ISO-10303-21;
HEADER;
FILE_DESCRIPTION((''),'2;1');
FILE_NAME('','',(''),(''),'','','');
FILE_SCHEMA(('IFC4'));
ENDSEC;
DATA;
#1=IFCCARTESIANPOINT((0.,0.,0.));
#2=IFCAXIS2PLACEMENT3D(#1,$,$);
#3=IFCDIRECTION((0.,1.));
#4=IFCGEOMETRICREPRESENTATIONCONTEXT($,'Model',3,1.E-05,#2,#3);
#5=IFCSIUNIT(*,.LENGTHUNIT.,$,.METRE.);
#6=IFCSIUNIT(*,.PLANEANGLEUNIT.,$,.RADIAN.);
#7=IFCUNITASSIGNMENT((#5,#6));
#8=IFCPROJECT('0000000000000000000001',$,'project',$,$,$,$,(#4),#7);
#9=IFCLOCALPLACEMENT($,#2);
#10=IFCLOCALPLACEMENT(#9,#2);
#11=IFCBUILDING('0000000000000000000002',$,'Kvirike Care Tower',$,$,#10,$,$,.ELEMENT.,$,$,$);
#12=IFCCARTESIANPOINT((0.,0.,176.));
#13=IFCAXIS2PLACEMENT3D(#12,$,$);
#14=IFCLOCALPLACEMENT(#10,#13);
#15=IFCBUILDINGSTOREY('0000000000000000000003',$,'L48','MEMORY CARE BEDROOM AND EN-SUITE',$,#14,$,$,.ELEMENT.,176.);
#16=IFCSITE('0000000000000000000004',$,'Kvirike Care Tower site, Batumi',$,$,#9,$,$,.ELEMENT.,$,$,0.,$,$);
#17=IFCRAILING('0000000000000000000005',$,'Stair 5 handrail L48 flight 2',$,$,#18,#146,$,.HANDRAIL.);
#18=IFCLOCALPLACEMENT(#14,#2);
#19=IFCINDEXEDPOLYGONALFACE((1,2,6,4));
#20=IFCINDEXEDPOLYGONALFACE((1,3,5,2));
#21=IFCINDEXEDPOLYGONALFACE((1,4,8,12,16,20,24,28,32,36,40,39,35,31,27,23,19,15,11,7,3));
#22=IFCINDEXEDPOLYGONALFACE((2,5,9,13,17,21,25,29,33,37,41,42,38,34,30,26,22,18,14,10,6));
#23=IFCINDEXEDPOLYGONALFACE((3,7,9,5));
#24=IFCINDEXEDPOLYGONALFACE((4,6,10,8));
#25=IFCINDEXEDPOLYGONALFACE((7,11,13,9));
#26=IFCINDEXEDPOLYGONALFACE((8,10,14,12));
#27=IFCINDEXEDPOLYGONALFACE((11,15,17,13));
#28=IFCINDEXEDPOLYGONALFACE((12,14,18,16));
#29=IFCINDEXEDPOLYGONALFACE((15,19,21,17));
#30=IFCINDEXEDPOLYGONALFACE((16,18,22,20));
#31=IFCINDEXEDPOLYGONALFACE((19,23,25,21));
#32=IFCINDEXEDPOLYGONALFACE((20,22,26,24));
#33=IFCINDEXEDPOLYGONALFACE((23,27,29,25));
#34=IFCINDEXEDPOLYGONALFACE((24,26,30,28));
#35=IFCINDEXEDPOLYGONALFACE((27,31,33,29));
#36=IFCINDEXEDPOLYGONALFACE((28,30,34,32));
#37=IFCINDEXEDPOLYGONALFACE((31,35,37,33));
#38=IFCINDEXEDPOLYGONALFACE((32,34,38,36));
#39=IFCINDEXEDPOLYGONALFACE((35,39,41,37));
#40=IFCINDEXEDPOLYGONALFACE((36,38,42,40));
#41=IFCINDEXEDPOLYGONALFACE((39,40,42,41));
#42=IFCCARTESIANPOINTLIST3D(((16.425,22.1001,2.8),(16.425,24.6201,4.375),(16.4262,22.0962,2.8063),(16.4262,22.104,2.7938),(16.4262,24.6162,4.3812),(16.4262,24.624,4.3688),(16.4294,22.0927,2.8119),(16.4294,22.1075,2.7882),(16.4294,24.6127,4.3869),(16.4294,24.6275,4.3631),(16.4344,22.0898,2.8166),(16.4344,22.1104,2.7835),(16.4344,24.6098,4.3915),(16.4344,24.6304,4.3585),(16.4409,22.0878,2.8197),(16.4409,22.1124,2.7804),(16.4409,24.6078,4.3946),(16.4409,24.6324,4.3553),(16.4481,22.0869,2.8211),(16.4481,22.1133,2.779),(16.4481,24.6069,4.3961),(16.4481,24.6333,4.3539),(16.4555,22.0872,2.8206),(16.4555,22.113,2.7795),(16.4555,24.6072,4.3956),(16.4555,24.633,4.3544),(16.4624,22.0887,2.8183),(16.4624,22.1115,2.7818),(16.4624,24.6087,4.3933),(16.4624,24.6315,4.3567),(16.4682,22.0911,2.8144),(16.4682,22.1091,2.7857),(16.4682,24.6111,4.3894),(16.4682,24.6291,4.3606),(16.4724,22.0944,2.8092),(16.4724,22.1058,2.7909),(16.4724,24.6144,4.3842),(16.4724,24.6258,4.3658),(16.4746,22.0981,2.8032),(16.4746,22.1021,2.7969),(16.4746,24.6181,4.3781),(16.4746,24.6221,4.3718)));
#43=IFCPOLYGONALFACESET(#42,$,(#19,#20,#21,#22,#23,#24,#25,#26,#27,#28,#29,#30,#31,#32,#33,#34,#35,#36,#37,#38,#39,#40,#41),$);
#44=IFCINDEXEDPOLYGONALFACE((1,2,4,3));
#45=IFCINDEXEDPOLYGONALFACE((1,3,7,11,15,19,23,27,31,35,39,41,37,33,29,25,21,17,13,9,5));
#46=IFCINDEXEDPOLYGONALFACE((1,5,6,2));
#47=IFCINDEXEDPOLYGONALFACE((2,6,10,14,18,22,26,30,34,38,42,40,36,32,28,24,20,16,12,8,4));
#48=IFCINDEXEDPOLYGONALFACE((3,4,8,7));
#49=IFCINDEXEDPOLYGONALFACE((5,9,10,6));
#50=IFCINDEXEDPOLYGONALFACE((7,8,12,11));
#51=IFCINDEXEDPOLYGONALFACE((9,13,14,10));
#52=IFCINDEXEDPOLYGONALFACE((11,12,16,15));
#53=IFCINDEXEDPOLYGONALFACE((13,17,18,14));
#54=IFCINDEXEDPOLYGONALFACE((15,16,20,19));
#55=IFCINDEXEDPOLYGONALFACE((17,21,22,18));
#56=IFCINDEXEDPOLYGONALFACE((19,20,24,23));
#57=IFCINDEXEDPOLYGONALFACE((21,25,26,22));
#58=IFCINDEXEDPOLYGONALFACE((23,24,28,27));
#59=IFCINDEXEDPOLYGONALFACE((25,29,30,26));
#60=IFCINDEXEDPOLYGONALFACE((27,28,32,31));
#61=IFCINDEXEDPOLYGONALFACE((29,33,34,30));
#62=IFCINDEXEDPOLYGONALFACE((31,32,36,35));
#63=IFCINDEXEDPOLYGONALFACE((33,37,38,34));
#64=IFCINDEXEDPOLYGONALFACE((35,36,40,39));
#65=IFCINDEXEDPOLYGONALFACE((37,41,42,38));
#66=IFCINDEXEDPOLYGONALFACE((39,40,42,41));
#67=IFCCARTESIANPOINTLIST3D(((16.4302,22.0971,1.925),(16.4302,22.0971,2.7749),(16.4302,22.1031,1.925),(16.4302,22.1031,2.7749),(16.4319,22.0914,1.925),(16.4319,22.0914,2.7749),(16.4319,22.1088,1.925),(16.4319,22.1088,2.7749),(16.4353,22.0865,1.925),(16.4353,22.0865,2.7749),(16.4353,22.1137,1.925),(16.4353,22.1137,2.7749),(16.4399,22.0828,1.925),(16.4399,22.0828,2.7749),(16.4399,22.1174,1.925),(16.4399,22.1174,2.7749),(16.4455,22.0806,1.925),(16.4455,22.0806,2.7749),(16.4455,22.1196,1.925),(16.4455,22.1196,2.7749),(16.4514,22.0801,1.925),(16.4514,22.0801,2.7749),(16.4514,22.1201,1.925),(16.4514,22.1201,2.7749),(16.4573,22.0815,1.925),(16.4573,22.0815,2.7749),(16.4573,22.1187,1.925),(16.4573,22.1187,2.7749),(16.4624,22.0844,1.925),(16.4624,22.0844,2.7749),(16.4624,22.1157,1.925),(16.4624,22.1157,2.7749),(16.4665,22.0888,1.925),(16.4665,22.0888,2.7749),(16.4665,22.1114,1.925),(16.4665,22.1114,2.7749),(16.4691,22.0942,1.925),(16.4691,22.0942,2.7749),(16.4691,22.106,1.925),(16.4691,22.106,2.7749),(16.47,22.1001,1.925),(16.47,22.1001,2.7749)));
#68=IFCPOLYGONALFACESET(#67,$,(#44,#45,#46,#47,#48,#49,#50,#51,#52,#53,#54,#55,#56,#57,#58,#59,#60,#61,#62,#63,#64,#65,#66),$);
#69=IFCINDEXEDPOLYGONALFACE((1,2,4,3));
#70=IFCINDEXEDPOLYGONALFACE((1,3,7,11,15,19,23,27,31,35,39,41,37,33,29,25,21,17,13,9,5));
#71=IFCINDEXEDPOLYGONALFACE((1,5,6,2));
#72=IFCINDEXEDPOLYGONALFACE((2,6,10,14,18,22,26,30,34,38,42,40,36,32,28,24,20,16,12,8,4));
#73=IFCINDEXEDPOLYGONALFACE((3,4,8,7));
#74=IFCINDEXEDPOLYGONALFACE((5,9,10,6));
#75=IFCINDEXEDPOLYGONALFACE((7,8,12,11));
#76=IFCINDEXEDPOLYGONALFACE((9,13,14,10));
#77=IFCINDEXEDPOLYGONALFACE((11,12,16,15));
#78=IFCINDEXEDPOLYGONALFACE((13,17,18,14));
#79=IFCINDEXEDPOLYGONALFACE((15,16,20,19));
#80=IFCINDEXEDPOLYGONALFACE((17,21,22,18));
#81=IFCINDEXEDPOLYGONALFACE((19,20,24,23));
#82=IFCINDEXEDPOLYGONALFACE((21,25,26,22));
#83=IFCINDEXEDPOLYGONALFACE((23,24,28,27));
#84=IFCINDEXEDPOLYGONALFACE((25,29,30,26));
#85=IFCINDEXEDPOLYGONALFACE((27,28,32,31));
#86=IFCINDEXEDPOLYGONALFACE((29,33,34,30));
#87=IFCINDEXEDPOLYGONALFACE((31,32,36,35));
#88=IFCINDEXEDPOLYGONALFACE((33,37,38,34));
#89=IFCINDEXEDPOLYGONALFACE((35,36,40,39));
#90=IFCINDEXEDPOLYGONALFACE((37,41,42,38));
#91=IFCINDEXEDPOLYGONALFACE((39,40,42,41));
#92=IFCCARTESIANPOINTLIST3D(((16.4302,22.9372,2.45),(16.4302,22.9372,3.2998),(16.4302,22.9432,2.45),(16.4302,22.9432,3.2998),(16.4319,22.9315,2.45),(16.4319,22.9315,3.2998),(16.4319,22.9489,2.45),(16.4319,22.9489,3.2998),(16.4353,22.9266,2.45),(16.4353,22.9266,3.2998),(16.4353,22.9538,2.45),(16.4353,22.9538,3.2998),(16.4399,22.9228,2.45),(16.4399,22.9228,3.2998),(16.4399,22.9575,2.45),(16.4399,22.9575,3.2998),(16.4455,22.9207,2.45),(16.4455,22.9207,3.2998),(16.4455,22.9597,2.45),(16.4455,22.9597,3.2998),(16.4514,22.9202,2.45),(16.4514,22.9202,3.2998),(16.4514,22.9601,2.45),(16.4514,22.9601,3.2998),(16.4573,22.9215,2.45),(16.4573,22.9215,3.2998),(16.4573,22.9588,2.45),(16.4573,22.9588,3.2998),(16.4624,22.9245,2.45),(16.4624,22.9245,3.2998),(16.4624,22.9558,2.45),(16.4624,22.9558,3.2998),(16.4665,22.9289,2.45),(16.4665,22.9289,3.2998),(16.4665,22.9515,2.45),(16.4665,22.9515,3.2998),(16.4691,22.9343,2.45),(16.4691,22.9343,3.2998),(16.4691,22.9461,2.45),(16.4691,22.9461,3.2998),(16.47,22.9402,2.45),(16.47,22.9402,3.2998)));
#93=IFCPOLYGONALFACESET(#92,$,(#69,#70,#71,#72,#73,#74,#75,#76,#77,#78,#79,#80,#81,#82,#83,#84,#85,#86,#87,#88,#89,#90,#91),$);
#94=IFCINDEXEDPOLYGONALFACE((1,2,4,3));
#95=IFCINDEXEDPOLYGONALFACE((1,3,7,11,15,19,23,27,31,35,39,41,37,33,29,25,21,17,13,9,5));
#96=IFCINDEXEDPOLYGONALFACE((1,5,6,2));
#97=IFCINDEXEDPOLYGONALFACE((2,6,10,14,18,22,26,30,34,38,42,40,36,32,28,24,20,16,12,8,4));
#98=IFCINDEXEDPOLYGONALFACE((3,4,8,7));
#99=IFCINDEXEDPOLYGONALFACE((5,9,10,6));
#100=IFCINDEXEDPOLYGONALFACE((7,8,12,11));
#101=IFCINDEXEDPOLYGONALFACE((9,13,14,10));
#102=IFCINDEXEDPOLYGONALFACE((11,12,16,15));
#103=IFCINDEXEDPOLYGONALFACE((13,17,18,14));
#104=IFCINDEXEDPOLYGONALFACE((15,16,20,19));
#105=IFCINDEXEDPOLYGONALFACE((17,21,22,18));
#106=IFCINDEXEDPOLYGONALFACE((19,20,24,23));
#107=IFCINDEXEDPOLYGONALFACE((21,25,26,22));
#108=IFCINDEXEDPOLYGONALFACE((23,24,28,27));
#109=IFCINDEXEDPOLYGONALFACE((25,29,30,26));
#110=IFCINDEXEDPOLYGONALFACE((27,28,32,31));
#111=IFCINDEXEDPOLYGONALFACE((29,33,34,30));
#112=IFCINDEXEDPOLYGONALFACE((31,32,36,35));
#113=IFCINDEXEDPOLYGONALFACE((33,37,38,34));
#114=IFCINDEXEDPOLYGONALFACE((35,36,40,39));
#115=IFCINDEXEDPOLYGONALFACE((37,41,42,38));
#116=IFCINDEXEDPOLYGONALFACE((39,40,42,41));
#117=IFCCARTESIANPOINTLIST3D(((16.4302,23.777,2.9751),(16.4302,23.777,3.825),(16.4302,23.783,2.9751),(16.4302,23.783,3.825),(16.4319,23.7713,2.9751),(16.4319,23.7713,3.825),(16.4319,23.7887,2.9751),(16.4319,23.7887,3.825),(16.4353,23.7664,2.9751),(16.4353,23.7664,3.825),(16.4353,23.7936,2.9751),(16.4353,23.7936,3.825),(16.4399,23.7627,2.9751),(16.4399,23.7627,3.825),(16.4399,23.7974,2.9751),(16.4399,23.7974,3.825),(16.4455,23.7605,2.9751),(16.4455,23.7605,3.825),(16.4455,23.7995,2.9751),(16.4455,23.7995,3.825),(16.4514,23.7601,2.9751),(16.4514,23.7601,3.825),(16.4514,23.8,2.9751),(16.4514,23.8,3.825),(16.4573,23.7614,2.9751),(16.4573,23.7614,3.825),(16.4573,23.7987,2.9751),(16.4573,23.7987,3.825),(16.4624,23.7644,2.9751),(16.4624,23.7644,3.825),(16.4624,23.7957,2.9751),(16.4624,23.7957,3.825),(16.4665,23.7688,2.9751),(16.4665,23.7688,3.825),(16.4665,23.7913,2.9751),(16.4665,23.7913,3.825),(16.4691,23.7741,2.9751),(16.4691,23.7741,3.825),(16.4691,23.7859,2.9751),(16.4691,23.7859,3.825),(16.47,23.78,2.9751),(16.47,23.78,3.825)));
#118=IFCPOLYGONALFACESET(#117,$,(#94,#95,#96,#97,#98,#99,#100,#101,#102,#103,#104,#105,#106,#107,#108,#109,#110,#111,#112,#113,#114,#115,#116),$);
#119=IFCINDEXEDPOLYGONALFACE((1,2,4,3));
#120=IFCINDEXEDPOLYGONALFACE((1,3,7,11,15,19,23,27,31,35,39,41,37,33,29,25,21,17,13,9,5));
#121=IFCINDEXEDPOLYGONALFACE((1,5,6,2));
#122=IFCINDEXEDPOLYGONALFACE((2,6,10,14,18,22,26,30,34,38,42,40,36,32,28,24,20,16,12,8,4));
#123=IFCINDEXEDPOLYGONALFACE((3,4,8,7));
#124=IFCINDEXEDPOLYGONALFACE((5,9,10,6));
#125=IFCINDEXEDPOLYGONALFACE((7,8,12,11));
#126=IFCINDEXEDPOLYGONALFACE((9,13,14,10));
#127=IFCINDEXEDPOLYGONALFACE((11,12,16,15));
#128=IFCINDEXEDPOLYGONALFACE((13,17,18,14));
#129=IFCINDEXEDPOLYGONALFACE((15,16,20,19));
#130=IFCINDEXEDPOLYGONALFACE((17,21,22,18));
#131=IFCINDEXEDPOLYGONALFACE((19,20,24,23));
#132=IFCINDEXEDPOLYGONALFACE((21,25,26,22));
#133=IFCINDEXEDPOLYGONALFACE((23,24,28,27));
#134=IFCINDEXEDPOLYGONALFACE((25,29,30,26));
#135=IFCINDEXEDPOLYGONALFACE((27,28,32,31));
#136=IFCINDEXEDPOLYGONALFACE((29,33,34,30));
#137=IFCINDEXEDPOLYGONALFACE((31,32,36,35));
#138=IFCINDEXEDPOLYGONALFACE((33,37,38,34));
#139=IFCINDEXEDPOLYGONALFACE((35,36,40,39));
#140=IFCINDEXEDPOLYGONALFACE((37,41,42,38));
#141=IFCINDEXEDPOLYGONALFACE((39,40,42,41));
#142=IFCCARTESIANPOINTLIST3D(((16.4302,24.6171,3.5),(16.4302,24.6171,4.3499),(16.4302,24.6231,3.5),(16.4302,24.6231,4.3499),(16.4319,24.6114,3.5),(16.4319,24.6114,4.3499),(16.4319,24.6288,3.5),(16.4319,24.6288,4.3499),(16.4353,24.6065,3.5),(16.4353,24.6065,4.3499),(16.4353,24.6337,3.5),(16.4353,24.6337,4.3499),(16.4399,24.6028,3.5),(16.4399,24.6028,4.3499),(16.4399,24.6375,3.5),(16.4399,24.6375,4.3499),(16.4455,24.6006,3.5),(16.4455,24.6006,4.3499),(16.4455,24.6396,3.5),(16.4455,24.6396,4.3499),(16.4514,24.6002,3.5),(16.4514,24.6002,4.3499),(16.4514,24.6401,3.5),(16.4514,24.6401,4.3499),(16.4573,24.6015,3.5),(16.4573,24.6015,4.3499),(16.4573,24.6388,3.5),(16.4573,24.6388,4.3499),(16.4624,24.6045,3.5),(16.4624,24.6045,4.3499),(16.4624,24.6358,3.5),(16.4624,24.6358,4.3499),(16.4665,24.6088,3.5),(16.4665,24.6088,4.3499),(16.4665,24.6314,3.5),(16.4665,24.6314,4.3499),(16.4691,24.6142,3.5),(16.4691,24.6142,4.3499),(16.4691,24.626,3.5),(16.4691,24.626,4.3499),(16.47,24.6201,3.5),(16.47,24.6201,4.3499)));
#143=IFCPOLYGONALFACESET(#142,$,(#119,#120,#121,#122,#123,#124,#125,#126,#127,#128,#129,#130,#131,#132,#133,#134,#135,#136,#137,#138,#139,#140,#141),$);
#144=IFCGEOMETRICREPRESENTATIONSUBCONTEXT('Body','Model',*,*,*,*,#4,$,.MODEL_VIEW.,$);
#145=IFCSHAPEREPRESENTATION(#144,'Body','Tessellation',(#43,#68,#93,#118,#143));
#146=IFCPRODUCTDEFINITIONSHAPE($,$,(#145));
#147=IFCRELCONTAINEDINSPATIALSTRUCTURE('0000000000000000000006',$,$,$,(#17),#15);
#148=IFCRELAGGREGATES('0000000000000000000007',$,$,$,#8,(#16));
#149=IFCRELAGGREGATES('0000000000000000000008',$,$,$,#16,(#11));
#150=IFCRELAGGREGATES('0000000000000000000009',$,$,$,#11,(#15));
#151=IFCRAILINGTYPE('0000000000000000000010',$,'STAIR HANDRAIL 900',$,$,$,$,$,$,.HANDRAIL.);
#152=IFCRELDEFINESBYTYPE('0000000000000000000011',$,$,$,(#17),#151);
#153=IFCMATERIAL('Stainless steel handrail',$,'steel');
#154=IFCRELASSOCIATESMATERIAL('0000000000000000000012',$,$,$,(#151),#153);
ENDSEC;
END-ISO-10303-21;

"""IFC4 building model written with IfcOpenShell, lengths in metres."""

from ifc_helpers import new_model, si_unit, direction, frame, origin, origin_2d, place, context, subcontext, project, spatial, circle, extrude, material, type_object, element, save


model = new_model("IFC4")

# Units and contexts
model_context = context("Model", 3, precision=1e-05, world=origin(), true_north=direction((0.0, 1.0)))
body_context = subcontext(model_context, "Body", "Model", "MODEL_VIEW")
ifc_project = project(units=[si_unit("LENGTHUNIT", "METRE"), si_unit("PLANEANGLEUNIT", "RADIAN")], contexts=[model_context])

# Site, building, storey
site_placement = place(None, origin())
site = spatial("IfcSite", under=ifc_project, at=site_placement, Name="Kvirike Care Tower site, Batumi", CompositionType="ELEMENT", RefElevation=0.0)
building_placement = place(site_placement, origin())
building = spatial("IfcBuilding", under=site, at=building_placement, Name="Kvirike Care Tower", CompositionType="ELEMENT")
storey_placement = place(building_placement, frame((0.0, 0.0, 176.0)))
storey = spatial("IfcBuildingStorey", under=building, at=storey_placement, Name="L48", Description="MEMORY CARE BEDROOM AND EN-SUITE", CompositionType="ELEMENT", Elevation=176.0)

# Railing
ifc_material_1 = material(Name="Stainless steel handrail", Category="steel")
railing_type = type_object("IfcRailingType", Name="STAIR HANDRAIL 900", PredefinedType="HANDRAIL", material=ifc_material_1)
railing_placement = place(storey_placement, frame((16.45, 22.1001, 1.925)))
element("IfcRailing", 1, at=railing_placement, inside=storey, type_object=railing_type, Name="Stair 5 handrail L48 flight 2", PredefinedType="HANDRAIL", context=body_context, shape_type="SweptSolid", body=[
    extrude(circle(Radius=0.0249, at=origin_2d()), frame((0.0, 0.0, 0.875), z_axis=(0.0, 0.848008, 0.529984), x_axis=(-1.0, 0.0, 0.0)), (0.0, 0.0, 1.0), 2.9717),
    extrude(circle(Radius=0.02, at=origin_2d()), origin(), (0.0, 0.0, 1.0), 0.8499),
    extrude(circle(Radius=0.02, at=origin_2d()), frame((0.0, 0.8401, 0.5249)), (0.0, 0.0, 1.0), 0.8499),
    extrude(circle(Radius=0.02, at=origin_2d()), frame((0.0, 1.6799, 1.05)), (0.0, 0.0, 1.0), 0.8499),
    extrude(circle(Radius=0.02, at=origin_2d()), frame((0.0, 2.52, 1.575)), (0.0, 0.0, 1.0), 0.8499),
])

save(model, "model.ifc")
